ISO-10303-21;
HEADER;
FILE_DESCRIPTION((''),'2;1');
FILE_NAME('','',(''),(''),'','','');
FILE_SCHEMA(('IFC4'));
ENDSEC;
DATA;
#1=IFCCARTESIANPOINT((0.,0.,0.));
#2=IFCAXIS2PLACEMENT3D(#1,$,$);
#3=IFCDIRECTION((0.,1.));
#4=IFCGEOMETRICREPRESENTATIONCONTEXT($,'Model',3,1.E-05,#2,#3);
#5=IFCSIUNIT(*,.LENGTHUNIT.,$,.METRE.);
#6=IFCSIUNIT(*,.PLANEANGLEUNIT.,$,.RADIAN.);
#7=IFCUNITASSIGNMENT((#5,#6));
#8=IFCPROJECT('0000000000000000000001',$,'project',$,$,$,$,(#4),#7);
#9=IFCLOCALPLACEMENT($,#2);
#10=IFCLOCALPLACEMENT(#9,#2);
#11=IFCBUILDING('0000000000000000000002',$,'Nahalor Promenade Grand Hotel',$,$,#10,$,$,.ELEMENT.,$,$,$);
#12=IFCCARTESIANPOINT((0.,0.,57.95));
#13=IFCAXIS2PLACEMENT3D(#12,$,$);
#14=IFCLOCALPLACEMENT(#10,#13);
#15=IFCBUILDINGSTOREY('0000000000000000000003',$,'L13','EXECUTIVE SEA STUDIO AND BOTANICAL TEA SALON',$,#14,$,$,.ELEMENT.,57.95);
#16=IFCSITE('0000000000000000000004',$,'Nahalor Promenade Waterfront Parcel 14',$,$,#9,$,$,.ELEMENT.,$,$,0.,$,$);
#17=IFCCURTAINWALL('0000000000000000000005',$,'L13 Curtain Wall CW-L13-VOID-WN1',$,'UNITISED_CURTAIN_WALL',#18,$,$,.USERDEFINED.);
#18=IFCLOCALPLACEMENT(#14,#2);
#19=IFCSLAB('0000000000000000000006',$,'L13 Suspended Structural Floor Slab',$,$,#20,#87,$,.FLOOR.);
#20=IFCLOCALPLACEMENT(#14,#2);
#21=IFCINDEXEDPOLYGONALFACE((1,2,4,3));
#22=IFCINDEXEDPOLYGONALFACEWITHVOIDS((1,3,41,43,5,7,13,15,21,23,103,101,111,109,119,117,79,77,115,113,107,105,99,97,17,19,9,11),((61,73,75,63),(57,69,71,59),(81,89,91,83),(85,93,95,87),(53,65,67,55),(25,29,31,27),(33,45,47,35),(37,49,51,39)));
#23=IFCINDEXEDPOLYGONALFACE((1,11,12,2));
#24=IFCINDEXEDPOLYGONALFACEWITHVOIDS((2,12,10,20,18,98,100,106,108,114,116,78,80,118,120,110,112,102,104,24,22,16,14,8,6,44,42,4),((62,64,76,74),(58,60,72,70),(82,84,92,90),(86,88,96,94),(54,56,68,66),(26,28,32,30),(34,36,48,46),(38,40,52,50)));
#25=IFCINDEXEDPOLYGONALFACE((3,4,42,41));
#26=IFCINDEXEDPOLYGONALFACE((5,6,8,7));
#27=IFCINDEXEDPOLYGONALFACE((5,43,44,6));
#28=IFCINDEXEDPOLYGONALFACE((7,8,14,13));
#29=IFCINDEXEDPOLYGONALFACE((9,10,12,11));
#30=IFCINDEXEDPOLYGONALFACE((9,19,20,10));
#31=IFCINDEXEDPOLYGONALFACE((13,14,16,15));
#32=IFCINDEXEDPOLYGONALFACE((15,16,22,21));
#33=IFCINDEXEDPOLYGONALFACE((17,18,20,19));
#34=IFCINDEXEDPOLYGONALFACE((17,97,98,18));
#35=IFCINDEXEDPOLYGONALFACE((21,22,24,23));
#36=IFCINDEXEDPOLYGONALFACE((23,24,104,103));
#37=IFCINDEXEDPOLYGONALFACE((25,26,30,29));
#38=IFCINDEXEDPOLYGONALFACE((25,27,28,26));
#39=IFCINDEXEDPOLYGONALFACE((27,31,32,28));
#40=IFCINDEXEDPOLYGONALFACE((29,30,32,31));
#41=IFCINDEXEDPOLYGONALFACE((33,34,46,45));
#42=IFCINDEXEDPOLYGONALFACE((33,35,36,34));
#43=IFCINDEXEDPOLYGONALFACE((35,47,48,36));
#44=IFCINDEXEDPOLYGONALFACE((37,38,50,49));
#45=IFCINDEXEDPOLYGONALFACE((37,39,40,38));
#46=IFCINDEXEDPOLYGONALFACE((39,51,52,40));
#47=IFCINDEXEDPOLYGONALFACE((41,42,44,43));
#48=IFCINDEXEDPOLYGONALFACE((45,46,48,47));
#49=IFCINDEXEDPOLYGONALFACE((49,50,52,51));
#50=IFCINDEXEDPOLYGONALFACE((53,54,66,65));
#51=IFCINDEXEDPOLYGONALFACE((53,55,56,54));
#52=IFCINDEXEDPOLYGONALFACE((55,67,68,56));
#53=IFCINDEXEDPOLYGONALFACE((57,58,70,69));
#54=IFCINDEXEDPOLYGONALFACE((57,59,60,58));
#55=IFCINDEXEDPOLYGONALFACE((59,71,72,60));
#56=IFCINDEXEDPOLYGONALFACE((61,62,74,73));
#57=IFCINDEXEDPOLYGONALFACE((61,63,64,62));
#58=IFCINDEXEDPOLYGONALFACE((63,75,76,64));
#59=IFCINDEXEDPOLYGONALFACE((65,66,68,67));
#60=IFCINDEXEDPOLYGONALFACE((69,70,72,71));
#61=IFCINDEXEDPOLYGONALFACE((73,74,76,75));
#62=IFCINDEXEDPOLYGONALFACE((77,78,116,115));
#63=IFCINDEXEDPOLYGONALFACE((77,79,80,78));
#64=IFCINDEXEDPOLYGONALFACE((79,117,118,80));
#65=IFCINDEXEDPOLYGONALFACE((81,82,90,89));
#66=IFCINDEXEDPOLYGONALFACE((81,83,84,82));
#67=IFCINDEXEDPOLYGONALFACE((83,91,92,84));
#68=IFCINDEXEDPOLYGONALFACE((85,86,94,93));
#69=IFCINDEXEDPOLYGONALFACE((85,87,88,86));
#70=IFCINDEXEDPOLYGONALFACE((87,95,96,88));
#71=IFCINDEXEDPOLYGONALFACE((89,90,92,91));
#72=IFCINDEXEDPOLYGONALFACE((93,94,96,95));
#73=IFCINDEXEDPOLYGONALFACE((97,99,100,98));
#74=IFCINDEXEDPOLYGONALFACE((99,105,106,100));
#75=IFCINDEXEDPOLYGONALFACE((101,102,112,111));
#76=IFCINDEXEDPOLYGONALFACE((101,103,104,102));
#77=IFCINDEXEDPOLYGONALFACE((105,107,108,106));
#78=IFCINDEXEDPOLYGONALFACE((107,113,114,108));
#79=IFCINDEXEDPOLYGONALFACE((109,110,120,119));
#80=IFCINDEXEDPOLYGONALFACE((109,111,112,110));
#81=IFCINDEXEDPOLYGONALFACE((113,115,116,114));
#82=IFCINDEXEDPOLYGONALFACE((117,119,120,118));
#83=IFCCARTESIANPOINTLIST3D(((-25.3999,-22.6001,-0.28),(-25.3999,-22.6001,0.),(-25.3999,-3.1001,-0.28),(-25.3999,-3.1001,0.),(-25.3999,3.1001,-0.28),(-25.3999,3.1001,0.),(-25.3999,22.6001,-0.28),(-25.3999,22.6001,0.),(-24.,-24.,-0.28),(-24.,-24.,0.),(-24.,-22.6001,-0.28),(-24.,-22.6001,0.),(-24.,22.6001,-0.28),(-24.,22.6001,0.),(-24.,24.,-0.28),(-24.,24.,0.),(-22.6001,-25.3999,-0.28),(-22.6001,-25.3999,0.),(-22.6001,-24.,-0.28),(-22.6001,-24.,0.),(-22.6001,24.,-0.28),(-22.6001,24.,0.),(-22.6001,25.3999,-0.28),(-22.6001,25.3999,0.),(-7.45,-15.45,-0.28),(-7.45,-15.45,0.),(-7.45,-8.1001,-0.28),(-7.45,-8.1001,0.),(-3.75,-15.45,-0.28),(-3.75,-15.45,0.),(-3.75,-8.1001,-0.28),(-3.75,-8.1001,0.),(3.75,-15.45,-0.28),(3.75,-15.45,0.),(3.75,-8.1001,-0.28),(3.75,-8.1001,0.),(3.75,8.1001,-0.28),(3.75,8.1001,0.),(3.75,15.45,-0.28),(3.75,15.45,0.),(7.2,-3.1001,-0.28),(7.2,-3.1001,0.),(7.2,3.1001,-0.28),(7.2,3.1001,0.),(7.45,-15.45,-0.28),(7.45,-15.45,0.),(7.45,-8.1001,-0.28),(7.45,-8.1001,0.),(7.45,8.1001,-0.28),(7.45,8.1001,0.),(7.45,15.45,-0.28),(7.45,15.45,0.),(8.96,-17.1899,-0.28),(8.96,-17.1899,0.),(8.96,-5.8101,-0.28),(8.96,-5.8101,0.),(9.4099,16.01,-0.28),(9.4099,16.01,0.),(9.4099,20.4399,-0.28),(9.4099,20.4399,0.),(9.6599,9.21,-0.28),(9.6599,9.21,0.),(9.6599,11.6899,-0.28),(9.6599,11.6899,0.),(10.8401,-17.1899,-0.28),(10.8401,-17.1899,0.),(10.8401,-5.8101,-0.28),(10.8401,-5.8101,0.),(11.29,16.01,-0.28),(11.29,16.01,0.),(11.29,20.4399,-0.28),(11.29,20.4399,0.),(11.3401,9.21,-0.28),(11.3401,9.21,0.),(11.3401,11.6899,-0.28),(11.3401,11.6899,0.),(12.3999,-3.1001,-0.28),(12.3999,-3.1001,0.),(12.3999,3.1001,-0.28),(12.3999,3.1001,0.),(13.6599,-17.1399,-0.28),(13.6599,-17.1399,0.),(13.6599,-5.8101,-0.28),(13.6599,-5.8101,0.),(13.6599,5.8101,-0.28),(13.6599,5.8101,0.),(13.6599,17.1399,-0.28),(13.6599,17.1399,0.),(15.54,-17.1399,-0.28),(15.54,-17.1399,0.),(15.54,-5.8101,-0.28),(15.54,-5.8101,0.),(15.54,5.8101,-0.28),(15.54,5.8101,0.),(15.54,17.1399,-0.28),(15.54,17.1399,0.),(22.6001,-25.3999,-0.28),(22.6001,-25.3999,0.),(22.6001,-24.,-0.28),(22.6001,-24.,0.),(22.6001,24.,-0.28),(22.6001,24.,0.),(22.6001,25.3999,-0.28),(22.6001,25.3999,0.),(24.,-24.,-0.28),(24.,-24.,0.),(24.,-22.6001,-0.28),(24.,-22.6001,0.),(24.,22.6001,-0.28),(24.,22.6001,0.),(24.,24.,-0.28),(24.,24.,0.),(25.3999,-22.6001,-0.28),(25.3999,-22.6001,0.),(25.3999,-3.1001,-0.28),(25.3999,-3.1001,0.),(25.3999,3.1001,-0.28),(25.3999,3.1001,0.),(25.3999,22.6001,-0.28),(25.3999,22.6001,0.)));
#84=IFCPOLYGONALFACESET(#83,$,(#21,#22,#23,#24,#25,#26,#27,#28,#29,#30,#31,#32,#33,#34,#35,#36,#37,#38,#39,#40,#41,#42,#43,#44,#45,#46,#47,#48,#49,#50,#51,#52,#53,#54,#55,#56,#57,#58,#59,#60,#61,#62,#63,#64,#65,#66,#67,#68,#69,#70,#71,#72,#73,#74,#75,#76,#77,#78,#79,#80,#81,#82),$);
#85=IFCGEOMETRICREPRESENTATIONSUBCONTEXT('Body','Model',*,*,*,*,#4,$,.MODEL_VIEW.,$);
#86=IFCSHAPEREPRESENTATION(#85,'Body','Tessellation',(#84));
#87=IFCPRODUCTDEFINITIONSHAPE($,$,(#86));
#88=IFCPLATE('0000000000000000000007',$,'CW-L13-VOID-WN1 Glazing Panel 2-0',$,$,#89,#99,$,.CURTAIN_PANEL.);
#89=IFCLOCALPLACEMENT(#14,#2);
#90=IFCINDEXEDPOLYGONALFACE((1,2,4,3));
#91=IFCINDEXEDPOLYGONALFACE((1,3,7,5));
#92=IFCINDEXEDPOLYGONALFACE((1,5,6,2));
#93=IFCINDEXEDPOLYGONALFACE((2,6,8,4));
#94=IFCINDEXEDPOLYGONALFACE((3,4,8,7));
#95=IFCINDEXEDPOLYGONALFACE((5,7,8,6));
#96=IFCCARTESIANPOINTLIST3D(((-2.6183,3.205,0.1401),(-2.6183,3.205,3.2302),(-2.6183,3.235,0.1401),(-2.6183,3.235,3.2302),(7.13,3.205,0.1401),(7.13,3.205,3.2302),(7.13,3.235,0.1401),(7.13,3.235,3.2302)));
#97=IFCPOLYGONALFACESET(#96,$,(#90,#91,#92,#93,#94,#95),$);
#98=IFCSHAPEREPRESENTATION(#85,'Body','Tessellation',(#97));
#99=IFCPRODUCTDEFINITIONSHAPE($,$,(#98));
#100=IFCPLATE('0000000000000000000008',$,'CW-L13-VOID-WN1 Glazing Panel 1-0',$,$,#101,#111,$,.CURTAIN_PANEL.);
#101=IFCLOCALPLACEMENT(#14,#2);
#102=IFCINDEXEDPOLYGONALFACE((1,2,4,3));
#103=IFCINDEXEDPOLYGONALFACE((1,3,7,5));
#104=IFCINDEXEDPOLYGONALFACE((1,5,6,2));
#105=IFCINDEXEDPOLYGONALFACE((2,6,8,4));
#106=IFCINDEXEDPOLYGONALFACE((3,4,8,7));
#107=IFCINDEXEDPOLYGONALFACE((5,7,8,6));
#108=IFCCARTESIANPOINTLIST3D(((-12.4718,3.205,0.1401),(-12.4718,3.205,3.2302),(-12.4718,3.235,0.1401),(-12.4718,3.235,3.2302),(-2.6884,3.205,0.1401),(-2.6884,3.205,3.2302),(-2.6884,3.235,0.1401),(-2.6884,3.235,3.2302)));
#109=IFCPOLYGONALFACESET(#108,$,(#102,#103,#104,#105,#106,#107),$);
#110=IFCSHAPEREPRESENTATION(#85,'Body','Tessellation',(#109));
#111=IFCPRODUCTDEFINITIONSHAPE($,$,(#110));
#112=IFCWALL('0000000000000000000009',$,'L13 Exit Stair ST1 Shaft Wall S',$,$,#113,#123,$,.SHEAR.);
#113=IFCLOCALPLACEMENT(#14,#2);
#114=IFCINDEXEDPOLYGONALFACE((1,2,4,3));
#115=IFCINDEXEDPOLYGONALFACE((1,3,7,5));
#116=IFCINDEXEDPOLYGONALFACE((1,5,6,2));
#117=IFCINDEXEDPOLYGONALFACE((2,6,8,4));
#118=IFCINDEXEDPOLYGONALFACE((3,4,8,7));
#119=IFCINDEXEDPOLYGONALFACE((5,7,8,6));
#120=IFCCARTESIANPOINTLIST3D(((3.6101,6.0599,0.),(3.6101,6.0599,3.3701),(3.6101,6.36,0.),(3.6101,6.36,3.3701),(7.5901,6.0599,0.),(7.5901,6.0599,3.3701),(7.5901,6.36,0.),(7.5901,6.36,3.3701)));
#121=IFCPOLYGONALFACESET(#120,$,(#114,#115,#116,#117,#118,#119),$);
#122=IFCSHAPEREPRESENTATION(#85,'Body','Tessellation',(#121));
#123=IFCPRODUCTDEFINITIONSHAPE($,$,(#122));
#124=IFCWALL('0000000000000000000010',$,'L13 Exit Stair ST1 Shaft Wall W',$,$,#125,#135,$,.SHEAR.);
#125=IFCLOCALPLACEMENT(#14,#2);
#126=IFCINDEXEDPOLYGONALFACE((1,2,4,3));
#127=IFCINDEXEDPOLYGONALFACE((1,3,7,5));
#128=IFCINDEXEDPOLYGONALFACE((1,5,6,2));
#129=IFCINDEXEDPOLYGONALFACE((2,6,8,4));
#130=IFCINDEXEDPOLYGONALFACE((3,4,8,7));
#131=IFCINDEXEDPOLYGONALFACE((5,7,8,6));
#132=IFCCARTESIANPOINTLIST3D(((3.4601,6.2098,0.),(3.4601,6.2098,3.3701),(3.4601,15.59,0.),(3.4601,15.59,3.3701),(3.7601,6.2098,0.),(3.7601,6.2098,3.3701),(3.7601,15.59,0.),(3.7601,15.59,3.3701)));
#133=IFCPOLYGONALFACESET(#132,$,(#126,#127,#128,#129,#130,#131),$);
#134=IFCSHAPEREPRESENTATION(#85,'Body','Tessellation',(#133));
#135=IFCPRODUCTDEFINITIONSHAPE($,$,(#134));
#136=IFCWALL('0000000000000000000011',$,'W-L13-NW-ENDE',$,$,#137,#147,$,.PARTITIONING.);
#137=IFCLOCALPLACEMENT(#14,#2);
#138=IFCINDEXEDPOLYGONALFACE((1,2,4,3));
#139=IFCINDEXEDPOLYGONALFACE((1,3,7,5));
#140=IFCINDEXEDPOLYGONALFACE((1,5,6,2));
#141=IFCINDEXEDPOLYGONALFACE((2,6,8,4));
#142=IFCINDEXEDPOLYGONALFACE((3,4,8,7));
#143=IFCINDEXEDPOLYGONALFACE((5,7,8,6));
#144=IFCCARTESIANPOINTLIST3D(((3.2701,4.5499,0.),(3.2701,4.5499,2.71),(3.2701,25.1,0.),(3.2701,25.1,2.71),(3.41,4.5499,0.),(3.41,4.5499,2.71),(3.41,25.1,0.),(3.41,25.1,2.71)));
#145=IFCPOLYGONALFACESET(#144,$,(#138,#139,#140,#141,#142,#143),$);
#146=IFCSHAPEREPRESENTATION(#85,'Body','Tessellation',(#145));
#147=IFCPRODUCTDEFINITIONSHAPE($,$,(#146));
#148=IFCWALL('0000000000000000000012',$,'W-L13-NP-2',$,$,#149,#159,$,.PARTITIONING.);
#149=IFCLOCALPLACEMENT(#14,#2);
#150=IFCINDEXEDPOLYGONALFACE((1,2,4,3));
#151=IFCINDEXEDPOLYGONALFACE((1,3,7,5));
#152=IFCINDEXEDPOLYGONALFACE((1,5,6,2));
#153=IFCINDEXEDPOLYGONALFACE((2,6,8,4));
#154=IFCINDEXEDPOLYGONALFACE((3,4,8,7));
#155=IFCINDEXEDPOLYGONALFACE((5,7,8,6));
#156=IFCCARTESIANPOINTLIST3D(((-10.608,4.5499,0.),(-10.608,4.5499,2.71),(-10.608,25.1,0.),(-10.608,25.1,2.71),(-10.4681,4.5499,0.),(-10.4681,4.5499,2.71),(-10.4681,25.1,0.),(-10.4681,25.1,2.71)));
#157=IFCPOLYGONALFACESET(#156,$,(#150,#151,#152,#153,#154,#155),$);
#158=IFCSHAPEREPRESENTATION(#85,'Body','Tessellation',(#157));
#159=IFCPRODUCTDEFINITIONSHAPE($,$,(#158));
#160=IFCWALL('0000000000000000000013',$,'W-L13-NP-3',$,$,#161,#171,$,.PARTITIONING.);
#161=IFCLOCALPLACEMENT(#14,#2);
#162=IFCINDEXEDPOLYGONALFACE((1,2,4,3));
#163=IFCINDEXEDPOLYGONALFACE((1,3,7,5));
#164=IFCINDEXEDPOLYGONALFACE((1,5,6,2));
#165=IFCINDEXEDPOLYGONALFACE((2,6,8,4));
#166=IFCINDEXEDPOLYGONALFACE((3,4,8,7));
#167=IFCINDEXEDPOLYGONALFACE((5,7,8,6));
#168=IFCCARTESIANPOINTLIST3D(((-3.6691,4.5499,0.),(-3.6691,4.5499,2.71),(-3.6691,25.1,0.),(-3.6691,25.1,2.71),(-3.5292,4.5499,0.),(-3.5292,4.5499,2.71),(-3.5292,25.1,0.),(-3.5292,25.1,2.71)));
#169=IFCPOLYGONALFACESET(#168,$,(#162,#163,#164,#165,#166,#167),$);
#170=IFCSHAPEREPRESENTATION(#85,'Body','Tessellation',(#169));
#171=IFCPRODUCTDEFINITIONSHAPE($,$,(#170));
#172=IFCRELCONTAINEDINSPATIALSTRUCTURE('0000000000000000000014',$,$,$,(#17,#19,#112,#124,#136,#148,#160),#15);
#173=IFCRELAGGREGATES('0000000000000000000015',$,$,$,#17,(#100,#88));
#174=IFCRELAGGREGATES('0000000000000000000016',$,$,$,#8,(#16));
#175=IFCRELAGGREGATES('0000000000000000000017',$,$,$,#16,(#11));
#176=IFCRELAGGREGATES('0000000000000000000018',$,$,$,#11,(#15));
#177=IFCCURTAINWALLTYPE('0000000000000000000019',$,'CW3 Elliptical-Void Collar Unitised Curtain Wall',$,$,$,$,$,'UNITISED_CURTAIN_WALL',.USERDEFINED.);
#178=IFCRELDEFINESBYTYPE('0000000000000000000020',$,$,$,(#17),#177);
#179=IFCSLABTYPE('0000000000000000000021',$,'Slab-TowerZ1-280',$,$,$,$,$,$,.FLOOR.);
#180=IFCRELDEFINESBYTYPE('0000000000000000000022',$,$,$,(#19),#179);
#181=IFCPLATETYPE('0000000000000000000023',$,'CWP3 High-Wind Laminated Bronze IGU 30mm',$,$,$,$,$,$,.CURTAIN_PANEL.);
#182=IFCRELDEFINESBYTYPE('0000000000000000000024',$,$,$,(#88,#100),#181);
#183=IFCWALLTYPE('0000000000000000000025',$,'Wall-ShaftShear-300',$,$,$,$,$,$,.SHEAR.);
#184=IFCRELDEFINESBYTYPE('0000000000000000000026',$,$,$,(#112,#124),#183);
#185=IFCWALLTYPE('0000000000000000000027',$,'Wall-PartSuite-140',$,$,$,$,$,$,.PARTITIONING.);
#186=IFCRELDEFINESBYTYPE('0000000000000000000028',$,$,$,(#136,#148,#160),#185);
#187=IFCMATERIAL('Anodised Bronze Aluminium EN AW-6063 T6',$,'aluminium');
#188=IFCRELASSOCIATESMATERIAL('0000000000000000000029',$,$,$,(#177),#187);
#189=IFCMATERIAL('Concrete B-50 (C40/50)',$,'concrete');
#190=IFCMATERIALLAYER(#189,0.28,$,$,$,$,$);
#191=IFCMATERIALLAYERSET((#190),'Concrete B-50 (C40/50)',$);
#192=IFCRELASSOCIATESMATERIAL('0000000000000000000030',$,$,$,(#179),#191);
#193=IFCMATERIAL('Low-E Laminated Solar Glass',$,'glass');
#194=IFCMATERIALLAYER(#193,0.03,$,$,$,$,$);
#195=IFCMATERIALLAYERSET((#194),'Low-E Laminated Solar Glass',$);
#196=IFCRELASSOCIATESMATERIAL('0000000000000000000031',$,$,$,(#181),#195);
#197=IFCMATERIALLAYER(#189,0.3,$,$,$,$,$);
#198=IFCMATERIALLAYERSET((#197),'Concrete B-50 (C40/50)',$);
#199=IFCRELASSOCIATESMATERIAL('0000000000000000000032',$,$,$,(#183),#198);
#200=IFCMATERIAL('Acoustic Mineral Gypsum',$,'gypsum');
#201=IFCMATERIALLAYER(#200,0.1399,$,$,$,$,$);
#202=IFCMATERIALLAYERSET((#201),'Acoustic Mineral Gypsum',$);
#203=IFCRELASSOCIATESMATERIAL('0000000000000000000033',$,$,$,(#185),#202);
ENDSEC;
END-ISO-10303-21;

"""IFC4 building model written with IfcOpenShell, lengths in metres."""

from ifc_helpers import new_model, si_unit, direction, frame, frame_2d, origin, origin_2d, place, context, subcontext, project, spatial, polyline, rectangle, outline, extrude, source, transform, mapped, material, layer, layer_set, type_object, element, aggregate, save


model = new_model("IFC4")

# Units and contexts
model_context = context("Model", 3, precision=1e-05, world=origin(), true_north=direction((0.0, 1.0)))
body_context = subcontext(model_context, "Body", "Model", "MODEL_VIEW")
ifc_project = project(units=[si_unit("LENGTHUNIT", "METRE"), si_unit("PLANEANGLEUNIT", "RADIAN")], contexts=[model_context])

# Site, building, storey
site_placement = place(None, origin())
site = spatial("IfcSite", under=ifc_project, at=site_placement, Name="Nahalor Promenade Waterfront Parcel 14", CompositionType="ELEMENT", RefElevation=0.0)
building_placement = place(site_placement, origin())
building = spatial("IfcBuilding", under=site, at=building_placement, Name="Nahalor Promenade Grand Hotel", CompositionType="ELEMENT")
storey_placement = place(building_placement, frame((0.0, 0.0, 57.95)))
storey = spatial("IfcBuildingStorey", under=building, at=storey_placement, Name="L13", Description="EXECUTIVE SEA STUDIO AND BOTANICAL TEA SALON", CompositionType="ELEMENT", Elevation=57.95)

# Curtain wall
ifc_material_1 = material(Name="Anodised Bronze Aluminium EN AW-6063 T6", Category="aluminium")
curtain_wall_type = type_object("IfcCurtainWallType", Name="CW3 Elliptical-Void Collar Unitised Curtain Wall", ElementType="UNITISED_CURTAIN_WALL", PredefinedType="USERDEFINED", material=ifc_material_1)
curtain_wall_placement = place(storey_placement, origin())
curtain_wall = element("IfcCurtainWall", 1, at=curtain_wall_placement, inside=storey, type_object=curtain_wall_type, Name="L13 Curtain Wall CW-L13-VOID-WN1", ObjectType="UNITISED_CURTAIN_WALL", PredefinedType="USERDEFINED")

# Shared definitions
ifc_material_2 = material(Name="Concrete B-50 (C40/50)", Category="concrete")

# Slab
ifc_layer_1 = layer(ifc_material_2, 0.28)
ifc_layer_set_1 = layer_set([ifc_layer_1], Name="Concrete B-50 (C40/50)")
slab_type_1 = type_object("IfcSlabType", Name="Slab-TowerZ1-280", PredefinedType="FLOOR", material=ifc_layer_set_1)
slab_1_placement = place(storey_placement, frame((0.0, 0.0, -0.28)))
element("IfcSlab", 2, at=slab_1_placement, inside=storey, type_object=slab_type_1, Name="L13 Suspended Structural Floor Slab", PredefinedType="FLOOR", context=body_context, shape_type="SweptSolid", body=[
    extrude(outline(polyline([(-22.6001, -25.3999), (22.6001, -25.3999), (22.6001, -24.0), (24.0, -24.0), (24.0, -22.6001), (25.3999, -22.6001), (25.3999, -3.1001), (12.3999, -3.1001), (12.3999, 3.1001), (25.3999, 3.1001), (25.3999, 22.6001), (24.0, 22.6001), (24.0, 24.0), (22.6001, 24.0), (22.6001, 25.3999), (-22.6001, 25.3999), (-22.6001, 24.0), (-24.0, 24.0), (-24.0, 22.6001), (-25.3999, 22.6001), (-25.3999, 3.1001), (7.2, 3.1001), (7.2, -3.1001), (-25.3999, -3.1001), (-25.3999, -22.6001), (-24.0, -22.6001), (-24.0, -24.0), (-22.6001, -24.0), (-22.6001, -25.3999)]), holes=[polyline([(3.75, 8.1001), (7.45, 8.1001), (7.45, 15.45), (3.75, 15.45), (3.75, 8.1001)]), polyline([(3.75, -15.45), (7.45, -15.45), (7.45, -8.1001), (3.75, -8.1001), (3.75, -15.45)]), polyline([(-7.45, -15.45), (-3.75, -15.45), (-3.75, -8.1001), (-7.45, -8.1001), (-7.45, -15.45)]), polyline([(13.6599, 5.8101), (15.54, 5.8101), (15.54, 17.1399), (13.6599, 17.1399), (13.6599, 5.8101)]), polyline([(13.6599, -17.1399), (15.54, -17.1399), (15.54, -5.8101), (13.6599, -5.8101), (13.6599, -17.1399)]), polyline([(8.96, -17.1899), (10.8401, -17.1899), (10.8401, -5.8101), (8.96, -5.8101), (8.96, -17.1899)]), polyline([(9.4099, 16.01), (11.29, 16.01), (11.29, 20.4399), (9.4099, 20.4399), (9.4099, 16.01)]), polyline([(9.6599, 9.21), (11.3401, 9.21), (11.3401, 11.6899), (9.6599, 11.6899), (9.6599, 9.21)])]), origin(), (0.0, 0.0, 1.0), 0.28),
])

# Plates
ifc_material_3 = material(Name="Low-E Laminated Solar Glass", Category="glass")
ifc_layer_2 = layer(ifc_material_3, 0.03)
ifc_layer_set_2 = layer_set([ifc_layer_2], Name="Low-E Laminated Solar Glass")
plate_type = type_object("IfcPlateType", Name="CWP3 High-Wind Laminated Bronze IGU 30mm", PredefinedType="CURTAIN_PANEL", material=ifc_layer_set_2)
shared_shape_1 = source(origin(), body_context, "Body", "SweptSolid", [
    extrude(rectangle(XDim=9.7483, YDim=0.03, at=origin_2d()), origin(), (0.0, 0.0, 1.0), 3.0901),
])
plate_1_placement = place(storey_placement, frame((2.2559, 3.22, 0.1401), z_axis=(0.0, 0.0, 1.0), x_axis=(1.0, 0.0, 0.0)))
plate_1 = element("IfcPlate", 3, at=plate_1_placement, type_object=plate_type, Name="CW-L13-VOID-WN1 Glazing Panel 2-0", PredefinedType="CURTAIN_PANEL", context=body_context, shape_type="MappedRepresentation", body=[
    mapped(shared_shape_1, transform((0.0, 0.0, 0.0), scale=1.0)),
])
shared_shape_2 = source(origin(), body_context, "Body", "SweptSolid", [
    extrude(rectangle(XDim=9.7834, YDim=0.03, at=origin_2d()), origin(), (0.0, 0.0, 1.0), 3.0901),
])
plate_2_placement = place(storey_placement, frame((-7.5801, 3.22, 0.1401), z_axis=(0.0, 0.0, 1.0), x_axis=(1.0, 0.0, 0.0)))
plate_2 = element("IfcPlate", 4, at=plate_2_placement, type_object=plate_type, Name="CW-L13-VOID-WN1 Glazing Panel 1-0", PredefinedType="CURTAIN_PANEL", context=body_context, shape_type="MappedRepresentation", body=[
    mapped(shared_shape_2, transform((0.0, 0.0, 0.0), scale=1.0)),
])
aggregate(curtain_wall, [plate_2, plate_1])

# Walls
ifc_layer_3 = layer(ifc_material_2, 0.3)
ifc_layer_set_3 = layer_set([ifc_layer_3], Name="Concrete B-50 (C40/50)")
wall_type_1 = type_object("IfcWallType", Name="Wall-ShaftShear-300", PredefinedType="SHEAR", material=ifc_layer_set_3)
shared_shape_3 = source(origin(), body_context, "Body", "SweptSolid", [
    extrude(rectangle(XDim=3.98, YDim=0.3, at=frame_2d((1.99, 0.0))), origin(), (0.0, 0.0, 1.0), 3.3701),
])
wall_1_placement = place(storey_placement, frame((3.6101, 6.21, 0.0), z_axis=(0.0, 0.0, 1.0), x_axis=(1.0, 0.0, 0.0)))
element("IfcWall", 5, at=wall_1_placement, inside=storey, type_object=wall_type_1, Name="L13 Exit Stair ST1 Shaft Wall S", PredefinedType="SHEAR", context=body_context, shape_type="MappedRepresentation", body=[
    mapped(shared_shape_3, transform((0.0, 0.0, 0.0), scale=1.0)),
])
shared_shape_4 = source(origin(), body_context, "Body", "SweptSolid", [
    extrude(rectangle(XDim=9.3801, YDim=0.3, at=frame_2d((4.6899, 0.0))), origin(), (0.0, 0.0, 1.0), 3.3701),
])
wall_2_placement = place(storey_placement, frame((3.6101, 6.21, 0.0), z_axis=(0.0, 0.0, 1.0), x_axis=(0.0, 1.0, 0.0)))
element("IfcWall", 6, at=wall_2_placement, inside=storey, type_object=wall_type_1, Name="L13 Exit Stair ST1 Shaft Wall W", PredefinedType="SHEAR", context=body_context, shape_type="MappedRepresentation", body=[
    mapped(shared_shape_4, transform((0.0, 0.0, 0.0), scale=1.0)),
])
ifc_material_4 = material(Name="Acoustic Mineral Gypsum", Category="gypsum")
ifc_layer_4 = layer(ifc_material_4, 0.1399)
ifc_layer_set_4 = layer_set([ifc_layer_4], Name="Acoustic Mineral Gypsum")
wall_type_2 = type_object("IfcWallType", Name="Wall-PartSuite-140", PredefinedType="PARTITIONING", material=ifc_layer_set_4)
shared_shape_5 = source(origin(), body_context, "Body", "SweptSolid", [
    extrude(rectangle(XDim=20.55, YDim=0.1399, at=frame_2d((10.2749, 0.0))), origin(), (0.0, 0.0, 1.0), 2.71),
])
for number, where, z_axis, x_axis, name in (
    (7, (3.3401, 4.55, 0.0), (0.0, 0.0, 1.0), (0.0, 1.0, 0.0), "W-L13-NW-ENDE"),
    (8, (-10.5381, 4.55, 0.0), (0.0, 0.0, 1.0), (0.0, 1.0, 0.0), "W-L13-NP-2"),
    (9, (-3.5991, 4.55, 0.0), (0.0, 0.0, 1.0), (0.0, 1.0, 0.0), "W-L13-NP-3"),
):
    element("IfcWall", number, at=place(storey_placement, frame(where, z_axis=z_axis, x_axis=x_axis)), inside=storey, type_object=wall_type_2, Name=name, PredefinedType="PARTITIONING", context=body_context, shape_type="MappedRepresentation", body=[
        mapped(shared_shape_5, transform((0.0, 0.0, 0.0), scale=1.0)),
    ])

save(model, "model.ifc")
